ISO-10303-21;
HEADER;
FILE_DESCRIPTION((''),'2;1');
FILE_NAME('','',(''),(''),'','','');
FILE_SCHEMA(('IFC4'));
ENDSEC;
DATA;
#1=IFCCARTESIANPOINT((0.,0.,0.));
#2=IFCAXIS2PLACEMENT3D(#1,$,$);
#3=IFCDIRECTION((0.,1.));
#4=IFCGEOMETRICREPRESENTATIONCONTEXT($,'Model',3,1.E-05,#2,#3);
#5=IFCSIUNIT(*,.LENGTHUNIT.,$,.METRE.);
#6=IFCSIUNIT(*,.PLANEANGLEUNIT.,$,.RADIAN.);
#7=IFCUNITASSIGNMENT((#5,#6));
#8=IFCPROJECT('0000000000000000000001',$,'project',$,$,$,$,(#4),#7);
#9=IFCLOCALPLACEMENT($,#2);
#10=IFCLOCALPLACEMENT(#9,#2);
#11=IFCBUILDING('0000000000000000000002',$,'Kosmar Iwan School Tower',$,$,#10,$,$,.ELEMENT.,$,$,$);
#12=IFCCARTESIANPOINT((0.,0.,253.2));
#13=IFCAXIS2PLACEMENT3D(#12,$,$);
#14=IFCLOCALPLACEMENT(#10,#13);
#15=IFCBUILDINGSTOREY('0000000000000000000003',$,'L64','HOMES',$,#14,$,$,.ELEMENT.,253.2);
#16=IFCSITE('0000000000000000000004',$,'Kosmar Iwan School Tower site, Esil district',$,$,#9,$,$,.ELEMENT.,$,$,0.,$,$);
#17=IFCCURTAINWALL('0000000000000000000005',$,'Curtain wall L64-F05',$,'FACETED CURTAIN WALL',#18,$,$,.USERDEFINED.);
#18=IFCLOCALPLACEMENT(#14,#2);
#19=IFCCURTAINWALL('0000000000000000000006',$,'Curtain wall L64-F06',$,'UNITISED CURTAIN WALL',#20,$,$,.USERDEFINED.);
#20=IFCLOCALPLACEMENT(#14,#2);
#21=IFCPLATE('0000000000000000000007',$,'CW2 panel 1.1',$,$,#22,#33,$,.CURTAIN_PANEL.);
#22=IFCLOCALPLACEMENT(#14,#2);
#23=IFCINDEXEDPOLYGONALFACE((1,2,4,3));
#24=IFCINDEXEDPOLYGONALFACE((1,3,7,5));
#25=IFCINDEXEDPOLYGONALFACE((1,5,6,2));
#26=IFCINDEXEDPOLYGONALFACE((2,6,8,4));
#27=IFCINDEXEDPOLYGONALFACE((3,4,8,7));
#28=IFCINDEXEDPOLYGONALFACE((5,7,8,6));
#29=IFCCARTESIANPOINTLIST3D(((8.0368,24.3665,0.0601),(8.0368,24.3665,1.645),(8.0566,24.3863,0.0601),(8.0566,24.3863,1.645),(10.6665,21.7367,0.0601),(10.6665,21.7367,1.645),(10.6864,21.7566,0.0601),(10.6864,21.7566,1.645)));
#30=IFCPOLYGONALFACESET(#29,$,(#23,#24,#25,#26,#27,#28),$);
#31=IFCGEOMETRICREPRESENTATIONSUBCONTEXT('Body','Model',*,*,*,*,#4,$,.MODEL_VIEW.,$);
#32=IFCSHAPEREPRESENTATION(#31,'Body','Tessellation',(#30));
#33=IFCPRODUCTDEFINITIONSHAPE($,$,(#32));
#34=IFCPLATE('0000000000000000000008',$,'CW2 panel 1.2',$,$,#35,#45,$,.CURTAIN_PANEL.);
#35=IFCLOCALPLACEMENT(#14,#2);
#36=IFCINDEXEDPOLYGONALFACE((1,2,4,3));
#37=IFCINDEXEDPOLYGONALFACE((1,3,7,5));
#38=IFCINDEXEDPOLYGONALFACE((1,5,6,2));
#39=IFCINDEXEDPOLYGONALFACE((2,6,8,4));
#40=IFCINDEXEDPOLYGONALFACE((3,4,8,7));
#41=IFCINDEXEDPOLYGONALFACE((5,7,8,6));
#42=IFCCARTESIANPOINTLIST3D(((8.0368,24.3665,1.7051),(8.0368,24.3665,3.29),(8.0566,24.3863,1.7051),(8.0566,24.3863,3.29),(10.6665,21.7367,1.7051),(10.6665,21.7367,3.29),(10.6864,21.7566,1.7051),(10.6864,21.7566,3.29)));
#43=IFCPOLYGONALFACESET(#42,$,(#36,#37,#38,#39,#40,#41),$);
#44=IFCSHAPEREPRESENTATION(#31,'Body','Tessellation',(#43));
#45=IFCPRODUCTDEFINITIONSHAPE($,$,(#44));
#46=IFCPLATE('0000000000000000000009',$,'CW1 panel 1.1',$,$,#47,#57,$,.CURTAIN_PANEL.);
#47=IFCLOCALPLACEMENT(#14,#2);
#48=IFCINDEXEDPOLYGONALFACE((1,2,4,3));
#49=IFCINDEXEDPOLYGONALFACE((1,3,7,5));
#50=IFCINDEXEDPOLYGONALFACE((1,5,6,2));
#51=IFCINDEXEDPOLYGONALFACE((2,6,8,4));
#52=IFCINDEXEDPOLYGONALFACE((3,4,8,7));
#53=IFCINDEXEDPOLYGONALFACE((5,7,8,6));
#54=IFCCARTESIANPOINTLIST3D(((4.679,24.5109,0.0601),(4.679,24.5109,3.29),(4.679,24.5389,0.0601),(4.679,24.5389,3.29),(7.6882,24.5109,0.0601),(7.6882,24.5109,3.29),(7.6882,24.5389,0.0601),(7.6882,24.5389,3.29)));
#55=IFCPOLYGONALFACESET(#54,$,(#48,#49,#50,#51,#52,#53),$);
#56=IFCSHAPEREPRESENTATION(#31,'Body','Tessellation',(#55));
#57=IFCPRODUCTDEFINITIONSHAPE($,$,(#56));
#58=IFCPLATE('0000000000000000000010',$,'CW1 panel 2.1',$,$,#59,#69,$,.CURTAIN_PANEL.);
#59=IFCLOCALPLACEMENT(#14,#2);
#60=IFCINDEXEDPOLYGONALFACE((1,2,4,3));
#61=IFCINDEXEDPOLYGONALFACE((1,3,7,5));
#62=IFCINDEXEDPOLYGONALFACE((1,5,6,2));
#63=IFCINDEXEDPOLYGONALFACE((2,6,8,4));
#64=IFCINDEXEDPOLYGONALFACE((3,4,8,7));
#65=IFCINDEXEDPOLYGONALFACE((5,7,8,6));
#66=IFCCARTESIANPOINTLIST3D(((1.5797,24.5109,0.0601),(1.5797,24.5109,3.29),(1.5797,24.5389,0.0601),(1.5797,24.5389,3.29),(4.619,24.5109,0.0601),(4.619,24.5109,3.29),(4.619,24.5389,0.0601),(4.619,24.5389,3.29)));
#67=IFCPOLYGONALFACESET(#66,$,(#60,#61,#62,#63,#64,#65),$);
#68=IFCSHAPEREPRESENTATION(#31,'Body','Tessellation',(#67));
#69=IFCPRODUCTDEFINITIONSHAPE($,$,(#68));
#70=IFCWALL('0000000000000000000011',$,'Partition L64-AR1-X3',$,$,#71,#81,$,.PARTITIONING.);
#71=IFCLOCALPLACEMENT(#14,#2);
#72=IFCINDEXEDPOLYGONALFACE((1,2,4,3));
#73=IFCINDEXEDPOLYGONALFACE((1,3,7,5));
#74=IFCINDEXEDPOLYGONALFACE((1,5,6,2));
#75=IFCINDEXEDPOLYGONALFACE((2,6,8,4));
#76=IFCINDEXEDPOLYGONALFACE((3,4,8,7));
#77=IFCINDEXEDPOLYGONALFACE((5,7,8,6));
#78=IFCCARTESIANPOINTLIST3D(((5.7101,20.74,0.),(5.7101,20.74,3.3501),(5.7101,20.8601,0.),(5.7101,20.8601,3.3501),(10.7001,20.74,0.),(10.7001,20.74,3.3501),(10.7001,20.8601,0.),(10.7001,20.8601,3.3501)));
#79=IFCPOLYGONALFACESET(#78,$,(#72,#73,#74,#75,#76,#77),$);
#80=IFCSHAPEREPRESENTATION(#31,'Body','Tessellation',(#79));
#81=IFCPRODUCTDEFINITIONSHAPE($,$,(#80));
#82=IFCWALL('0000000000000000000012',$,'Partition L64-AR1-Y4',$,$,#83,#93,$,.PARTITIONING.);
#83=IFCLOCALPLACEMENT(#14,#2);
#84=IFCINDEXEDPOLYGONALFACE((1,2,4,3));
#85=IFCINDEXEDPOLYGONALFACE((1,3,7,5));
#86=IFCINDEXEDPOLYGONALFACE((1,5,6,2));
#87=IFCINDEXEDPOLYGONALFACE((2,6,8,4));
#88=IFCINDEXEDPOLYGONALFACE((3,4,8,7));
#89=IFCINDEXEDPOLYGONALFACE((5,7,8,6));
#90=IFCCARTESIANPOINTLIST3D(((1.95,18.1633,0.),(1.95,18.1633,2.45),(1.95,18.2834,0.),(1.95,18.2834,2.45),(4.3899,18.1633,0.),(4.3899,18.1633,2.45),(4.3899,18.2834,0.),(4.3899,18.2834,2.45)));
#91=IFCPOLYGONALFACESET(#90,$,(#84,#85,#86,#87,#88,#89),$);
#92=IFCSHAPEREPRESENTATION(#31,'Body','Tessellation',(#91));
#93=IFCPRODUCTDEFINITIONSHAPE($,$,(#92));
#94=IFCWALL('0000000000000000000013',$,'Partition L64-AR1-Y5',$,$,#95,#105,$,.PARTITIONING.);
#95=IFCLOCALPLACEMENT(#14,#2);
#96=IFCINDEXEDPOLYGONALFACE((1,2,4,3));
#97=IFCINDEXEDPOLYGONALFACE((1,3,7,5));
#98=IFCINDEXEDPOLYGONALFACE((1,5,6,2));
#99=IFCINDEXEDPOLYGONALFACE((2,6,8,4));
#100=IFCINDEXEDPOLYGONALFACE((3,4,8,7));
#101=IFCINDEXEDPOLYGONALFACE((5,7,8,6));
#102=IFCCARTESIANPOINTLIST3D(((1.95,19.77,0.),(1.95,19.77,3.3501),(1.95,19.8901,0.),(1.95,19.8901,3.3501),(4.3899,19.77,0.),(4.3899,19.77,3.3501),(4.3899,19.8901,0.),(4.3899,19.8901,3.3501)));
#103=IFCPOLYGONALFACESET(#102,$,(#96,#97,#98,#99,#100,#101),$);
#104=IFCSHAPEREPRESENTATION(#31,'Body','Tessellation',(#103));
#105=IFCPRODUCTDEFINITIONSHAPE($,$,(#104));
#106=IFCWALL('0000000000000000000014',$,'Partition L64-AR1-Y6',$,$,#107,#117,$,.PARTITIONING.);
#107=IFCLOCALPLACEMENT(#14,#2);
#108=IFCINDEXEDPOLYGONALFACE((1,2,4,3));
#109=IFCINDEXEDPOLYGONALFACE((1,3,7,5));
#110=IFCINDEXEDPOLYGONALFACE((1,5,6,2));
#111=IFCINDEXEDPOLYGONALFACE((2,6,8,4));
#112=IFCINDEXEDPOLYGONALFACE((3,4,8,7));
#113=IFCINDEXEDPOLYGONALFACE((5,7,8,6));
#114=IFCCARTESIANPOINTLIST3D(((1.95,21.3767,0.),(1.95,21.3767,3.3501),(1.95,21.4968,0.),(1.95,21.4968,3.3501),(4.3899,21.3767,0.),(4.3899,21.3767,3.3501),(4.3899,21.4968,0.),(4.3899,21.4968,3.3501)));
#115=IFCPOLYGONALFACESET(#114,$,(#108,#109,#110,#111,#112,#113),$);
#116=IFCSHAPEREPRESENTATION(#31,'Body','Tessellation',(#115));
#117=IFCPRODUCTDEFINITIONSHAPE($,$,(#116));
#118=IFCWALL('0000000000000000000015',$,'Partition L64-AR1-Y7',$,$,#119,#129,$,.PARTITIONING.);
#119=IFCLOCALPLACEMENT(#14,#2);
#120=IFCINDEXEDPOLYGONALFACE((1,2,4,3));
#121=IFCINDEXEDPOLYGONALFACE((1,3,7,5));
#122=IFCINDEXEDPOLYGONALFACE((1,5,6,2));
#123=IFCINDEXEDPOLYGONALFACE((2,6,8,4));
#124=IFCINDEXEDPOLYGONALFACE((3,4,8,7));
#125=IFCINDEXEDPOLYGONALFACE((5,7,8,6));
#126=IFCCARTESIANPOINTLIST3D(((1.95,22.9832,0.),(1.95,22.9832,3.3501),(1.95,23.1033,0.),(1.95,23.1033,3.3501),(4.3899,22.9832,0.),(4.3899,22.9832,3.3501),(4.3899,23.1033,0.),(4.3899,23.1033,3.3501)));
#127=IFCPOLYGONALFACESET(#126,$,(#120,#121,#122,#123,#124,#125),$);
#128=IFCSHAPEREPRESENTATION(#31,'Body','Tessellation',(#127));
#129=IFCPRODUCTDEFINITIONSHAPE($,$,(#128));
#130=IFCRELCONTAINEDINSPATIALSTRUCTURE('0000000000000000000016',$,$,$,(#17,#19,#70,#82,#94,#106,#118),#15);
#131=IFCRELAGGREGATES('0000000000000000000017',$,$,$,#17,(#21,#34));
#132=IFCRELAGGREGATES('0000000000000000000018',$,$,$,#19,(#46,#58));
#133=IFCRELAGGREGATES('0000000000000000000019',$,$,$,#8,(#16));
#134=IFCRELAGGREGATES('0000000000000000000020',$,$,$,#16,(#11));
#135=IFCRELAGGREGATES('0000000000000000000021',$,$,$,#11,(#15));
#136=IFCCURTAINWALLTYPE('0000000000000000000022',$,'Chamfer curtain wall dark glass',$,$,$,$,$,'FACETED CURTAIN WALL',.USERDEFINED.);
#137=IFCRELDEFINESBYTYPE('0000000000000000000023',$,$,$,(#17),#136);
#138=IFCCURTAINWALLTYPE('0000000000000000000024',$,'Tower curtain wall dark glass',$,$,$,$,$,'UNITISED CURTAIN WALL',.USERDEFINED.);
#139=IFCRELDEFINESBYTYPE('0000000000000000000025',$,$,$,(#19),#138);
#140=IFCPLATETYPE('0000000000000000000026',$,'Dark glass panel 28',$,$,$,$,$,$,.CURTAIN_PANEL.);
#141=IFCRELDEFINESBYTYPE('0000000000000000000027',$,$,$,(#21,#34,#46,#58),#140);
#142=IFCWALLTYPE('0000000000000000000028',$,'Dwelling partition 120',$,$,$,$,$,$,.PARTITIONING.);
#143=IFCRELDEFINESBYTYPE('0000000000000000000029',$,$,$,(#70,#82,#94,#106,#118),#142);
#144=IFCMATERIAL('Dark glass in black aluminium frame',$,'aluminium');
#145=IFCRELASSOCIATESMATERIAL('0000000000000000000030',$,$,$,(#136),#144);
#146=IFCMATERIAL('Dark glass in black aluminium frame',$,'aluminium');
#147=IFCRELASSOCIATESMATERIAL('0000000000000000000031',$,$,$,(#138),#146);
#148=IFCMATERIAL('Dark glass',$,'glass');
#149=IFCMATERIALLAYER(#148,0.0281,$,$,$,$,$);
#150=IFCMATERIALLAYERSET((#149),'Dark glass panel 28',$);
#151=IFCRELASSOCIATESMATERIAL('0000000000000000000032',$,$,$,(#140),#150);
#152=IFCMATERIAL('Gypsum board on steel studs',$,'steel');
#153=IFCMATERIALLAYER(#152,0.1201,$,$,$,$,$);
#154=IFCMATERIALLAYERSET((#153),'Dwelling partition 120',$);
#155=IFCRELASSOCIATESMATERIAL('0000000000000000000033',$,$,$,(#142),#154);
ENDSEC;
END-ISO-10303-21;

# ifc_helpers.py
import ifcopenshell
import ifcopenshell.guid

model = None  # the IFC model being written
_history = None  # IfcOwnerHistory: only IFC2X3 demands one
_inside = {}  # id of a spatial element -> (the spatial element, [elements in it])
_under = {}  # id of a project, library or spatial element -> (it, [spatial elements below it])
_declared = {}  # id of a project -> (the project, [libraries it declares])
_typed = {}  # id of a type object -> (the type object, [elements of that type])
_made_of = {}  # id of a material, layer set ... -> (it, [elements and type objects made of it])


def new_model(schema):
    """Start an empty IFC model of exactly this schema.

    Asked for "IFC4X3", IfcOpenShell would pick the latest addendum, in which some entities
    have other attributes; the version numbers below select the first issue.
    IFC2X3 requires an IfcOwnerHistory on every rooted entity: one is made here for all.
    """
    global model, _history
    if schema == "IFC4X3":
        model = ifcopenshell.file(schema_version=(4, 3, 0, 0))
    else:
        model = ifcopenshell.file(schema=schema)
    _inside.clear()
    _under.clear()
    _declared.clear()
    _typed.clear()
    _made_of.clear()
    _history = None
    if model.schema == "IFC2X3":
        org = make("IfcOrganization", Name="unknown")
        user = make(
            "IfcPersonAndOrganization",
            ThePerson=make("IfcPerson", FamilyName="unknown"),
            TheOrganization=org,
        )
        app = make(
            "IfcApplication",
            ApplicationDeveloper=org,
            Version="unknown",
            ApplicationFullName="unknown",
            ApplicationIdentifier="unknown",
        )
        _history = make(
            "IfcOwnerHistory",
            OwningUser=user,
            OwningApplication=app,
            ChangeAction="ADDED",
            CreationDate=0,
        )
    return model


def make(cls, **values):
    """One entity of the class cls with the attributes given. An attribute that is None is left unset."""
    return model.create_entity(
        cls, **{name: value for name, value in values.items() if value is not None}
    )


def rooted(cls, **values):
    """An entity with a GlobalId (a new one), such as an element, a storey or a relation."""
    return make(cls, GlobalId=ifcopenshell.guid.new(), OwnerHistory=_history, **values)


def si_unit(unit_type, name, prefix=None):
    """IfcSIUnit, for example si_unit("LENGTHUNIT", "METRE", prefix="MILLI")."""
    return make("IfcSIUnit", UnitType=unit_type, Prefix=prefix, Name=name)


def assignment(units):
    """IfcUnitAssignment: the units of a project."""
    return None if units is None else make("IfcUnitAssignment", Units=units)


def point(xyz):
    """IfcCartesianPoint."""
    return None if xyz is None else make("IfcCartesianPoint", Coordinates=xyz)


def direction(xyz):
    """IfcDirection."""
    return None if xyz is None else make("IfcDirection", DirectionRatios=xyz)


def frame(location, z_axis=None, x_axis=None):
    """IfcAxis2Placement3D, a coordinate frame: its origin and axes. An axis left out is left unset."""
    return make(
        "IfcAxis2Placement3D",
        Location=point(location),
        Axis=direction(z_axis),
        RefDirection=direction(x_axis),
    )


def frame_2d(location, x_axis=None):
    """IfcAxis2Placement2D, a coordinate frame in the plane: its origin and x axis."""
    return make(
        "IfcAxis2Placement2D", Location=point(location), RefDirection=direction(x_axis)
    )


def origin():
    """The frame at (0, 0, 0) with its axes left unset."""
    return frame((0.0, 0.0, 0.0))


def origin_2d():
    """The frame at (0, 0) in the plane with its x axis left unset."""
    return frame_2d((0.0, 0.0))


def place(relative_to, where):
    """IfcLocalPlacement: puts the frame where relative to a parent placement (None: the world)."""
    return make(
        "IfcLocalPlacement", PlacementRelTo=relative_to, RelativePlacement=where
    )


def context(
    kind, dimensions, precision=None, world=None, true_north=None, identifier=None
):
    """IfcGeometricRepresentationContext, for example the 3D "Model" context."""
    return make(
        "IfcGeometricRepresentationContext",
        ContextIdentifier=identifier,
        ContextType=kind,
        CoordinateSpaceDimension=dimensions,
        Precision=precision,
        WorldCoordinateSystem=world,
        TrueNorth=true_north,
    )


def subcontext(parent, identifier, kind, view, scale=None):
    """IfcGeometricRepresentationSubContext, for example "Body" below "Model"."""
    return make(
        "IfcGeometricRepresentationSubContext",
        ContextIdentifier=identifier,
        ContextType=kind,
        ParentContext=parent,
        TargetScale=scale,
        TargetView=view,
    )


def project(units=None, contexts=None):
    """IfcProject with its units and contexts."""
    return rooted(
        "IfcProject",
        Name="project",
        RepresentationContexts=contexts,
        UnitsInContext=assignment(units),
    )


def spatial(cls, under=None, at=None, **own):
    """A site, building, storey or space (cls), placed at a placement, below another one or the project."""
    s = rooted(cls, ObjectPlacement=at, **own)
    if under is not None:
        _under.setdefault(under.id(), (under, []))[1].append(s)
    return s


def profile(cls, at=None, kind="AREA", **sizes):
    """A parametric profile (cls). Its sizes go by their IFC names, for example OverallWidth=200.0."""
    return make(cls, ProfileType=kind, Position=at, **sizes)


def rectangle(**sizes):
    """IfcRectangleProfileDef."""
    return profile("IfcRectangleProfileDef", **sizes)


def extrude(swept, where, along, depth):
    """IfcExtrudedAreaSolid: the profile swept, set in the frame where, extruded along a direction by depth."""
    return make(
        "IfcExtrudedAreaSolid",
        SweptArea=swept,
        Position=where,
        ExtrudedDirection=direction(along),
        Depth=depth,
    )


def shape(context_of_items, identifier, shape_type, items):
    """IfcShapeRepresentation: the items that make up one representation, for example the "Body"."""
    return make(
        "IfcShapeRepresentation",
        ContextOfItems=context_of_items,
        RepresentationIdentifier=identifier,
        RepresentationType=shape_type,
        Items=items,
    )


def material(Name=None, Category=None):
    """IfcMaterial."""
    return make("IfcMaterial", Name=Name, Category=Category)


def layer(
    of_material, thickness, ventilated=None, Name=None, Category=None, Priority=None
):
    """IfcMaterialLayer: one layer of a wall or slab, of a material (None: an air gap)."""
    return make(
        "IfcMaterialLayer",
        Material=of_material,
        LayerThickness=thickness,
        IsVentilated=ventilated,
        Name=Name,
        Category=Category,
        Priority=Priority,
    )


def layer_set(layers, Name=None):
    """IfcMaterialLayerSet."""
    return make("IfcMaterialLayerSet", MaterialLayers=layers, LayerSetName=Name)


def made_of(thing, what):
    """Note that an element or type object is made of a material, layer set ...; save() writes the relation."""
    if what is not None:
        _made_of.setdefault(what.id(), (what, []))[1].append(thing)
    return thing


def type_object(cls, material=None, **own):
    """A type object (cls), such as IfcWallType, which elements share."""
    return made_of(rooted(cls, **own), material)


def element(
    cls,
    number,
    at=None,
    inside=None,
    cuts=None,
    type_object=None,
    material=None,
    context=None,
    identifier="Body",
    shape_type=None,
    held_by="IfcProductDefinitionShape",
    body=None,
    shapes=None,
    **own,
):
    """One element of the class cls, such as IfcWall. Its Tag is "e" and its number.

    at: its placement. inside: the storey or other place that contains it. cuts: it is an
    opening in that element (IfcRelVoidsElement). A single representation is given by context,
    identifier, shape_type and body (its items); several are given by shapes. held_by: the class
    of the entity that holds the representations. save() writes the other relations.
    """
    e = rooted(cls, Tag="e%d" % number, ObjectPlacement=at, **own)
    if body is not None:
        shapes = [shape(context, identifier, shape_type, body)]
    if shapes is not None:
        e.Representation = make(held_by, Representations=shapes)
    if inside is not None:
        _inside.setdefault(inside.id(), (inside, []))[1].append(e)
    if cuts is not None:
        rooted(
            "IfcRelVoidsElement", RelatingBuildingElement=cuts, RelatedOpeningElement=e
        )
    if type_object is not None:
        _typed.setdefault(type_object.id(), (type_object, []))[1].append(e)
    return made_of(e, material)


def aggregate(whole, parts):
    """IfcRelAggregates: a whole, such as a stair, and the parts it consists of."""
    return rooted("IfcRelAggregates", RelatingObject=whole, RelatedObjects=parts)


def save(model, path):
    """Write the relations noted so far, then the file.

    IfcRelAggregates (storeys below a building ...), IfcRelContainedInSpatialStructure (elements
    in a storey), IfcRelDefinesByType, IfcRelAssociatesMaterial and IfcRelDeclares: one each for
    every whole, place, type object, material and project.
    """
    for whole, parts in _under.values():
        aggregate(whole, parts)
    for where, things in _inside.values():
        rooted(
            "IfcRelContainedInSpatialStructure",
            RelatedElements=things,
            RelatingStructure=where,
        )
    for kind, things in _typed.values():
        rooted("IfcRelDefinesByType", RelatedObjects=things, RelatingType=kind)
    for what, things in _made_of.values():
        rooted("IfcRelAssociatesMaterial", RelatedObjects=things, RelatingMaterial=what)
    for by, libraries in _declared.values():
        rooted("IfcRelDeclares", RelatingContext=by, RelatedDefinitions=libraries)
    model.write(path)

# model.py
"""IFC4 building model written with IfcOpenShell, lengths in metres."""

from ifc_helpers import new_model, si_unit, direction, frame, frame_2d, origin, origin_2d, place, context, subcontext, project, spatial, rectangle, extrude, material, layer, layer_set, type_object, element, aggregate, save


model = new_model("IFC4")

# Units and contexts
model_context = context("Model", 3, precision=1e-05, world=origin(), true_north=direction((0.0, 1.0)))
body_context = subcontext(model_context, "Body", "Model", "MODEL_VIEW")
ifc_project = project(units=[si_unit("LENGTHUNIT", "METRE"), si_unit("PLANEANGLEUNIT", "RADIAN")], contexts=[model_context])

# Site, building, storey
site_placement = place(None, origin())
site = spatial("IfcSite", under=ifc_project, at=site_placement, Name="Kosmar Iwan School Tower site, Esil district", CompositionType="ELEMENT", RefElevation=0.0)
building_placement = place(site_placement, origin())
building = spatial("IfcBuilding", under=site, at=building_placement, Name="Kosmar Iwan School Tower", CompositionType="ELEMENT")
storey_placement = place(building_placement, frame((0.0, 0.0, 253.2)))
storey = spatial("IfcBuildingStorey", under=building, at=storey_placement, Name="L64", Description="HOMES", CompositionType="ELEMENT", Elevation=253.2)

# Curtain walls
ifc_material_1 = material(Name="Dark glass in black aluminium frame", Category="aluminium")
curtain_wall_type_1 = type_object("IfcCurtainWallType", Name="Chamfer curtain wall dark glass", ElementType="FACETED CURTAIN WALL", PredefinedType="USERDEFINED", material=ifc_material_1)
curtain_wall_1_placement = place(storey_placement, origin())
curtain_wall_1 = element("IfcCurtainWall", 1, at=curtain_wall_1_placement, inside=storey, type_object=curtain_wall_type_1, Name="Curtain wall L64-F05", ObjectType="FACETED CURTAIN WALL", PredefinedType="USERDEFINED")
ifc_material_2 = material(Name="Dark glass in black aluminium frame", Category="aluminium")
curtain_wall_type_2 = type_object("IfcCurtainWallType", Name="Tower curtain wall dark glass", ElementType="UNITISED CURTAIN WALL", PredefinedType="USERDEFINED", material=ifc_material_2)
curtain_wall_2_placement = place(storey_placement, origin())
curtain_wall_2 = element("IfcCurtainWall", 2, at=curtain_wall_2_placement, inside=storey, type_object=curtain_wall_type_2, Name="Curtain wall L64-F06", ObjectType="UNITISED CURTAIN WALL", PredefinedType="USERDEFINED")

# Plates
ifc_material_3 = material(Name="Dark glass", Category="glass")
ifc_layer_1 = layer(ifc_material_3, 0.0281)
ifc_layer_set_1 = layer_set([ifc_layer_1], Name="Dark glass panel 28")
plate_type = type_object("IfcPlateType", Name="Dark glass panel 28", PredefinedType="CURTAIN_PANEL", material=ifc_layer_set_1)
plate_1_placement = place(storey_placement, frame((9.3616, 23.0615, 0.0601), z_axis=(0.0, 0.0, 1.0), x_axis=(-0.707107, 0.707107, 0.0)))
plate_1 = element("IfcPlate", 3, at=plate_1_placement, type_object=plate_type, Name="CW2 panel 1.1", PredefinedType="CURTAIN_PANEL", context=body_context, shape_type="SweptSolid", body=[
    extrude(rectangle(XDim=3.719, YDim=0.0281, at=origin_2d()), origin(), (0.0, 0.0, 1.0), 1.585),
])
plate_2_placement = place(storey_placement, frame((9.3616, 23.0615, 1.7051), z_axis=(0.0, 0.0, 1.0), x_axis=(-0.707107, 0.707107, 0.0)))
plate_2 = element("IfcPlate", 4, at=plate_2_placement, type_object=plate_type, Name="CW2 panel 1.2", PredefinedType="CURTAIN_PANEL", context=body_context, shape_type="SweptSolid", body=[
    extrude(rectangle(XDim=3.719, YDim=0.0281, at=origin_2d()), origin(), (0.0, 0.0, 1.0), 1.585),
])
aggregate(curtain_wall_1, [plate_1, plate_2])
plate_3_placement = place(storey_placement, frame((6.1836, 24.5249, 0.0601), z_axis=(0.0, 0.0, 1.0), x_axis=(-1.0, 0.0, 0.0)))
plate_3 = element("IfcPlate", 5, at=plate_3_placement, type_object=plate_type, Name="CW1 panel 1.1", PredefinedType="CURTAIN_PANEL", context=body_context, shape_type="SweptSolid", body=[
    extrude(rectangle(XDim=3.0093, YDim=0.0281, at=origin_2d()), origin(), (0.0, 0.0, 1.0), 3.23),
])
plate_4_placement = place(storey_placement, frame((3.0994, 24.5249, 0.0601), z_axis=(0.0, 0.0, 1.0), x_axis=(-1.0, 0.0, 0.0)))
plate_4 = element("IfcPlate", 6, at=plate_4_placement, type_object=plate_type, Name="CW1 panel 2.1", PredefinedType="CURTAIN_PANEL", context=body_context, shape_type="SweptSolid", body=[
    extrude(rectangle(XDim=3.0393, YDim=0.0281, at=origin_2d()), origin(), (0.0, 0.0, 1.0), 3.23),
])
aggregate(curtain_wall_2, [plate_3, plate_4])

# Walls
ifc_material_4 = material(Name="Gypsum board on steel studs", Category="steel")
ifc_layer_2 = layer(ifc_material_4, 0.1201)
ifc_layer_set_2 = layer_set([ifc_layer_2], Name="Dwelling partition 120")
wall_type = type_object("IfcWallType", Name="Dwelling partition 120", PredefinedType="PARTITIONING", material=ifc_layer_set_2)
wall_1_placement = place(storey_placement, frame((5.71, 20.8, 0.0), z_axis=(0.0, 0.0, 1.0), x_axis=(1.0, 0.0, 0.0)))
element("IfcWall", 7, at=wall_1_placement, inside=storey, type_object=wall_type, Name="Partition L64-AR1-X3", PredefinedType="PARTITIONING", context=body_context, shape_type="SweptSolid", body=[
    extrude(rectangle(XDim=4.99, YDim=0.1201, at=frame_2d((2.4951, 0.0))), origin(), (0.0, 0.0, 1.0), 3.3501),
])
wall_2_placement = place(storey_placement, frame((1.95, 18.2234, 0.0), z_axis=(0.0, 0.0, 1.0), x_axis=(1.0, 0.0, 0.0)))
element("IfcWall", 8, at=wall_2_placement, inside=storey, type_object=wall_type, Name="Partition L64-AR1-Y4", PredefinedType="PARTITIONING", context=body_context, shape_type="SweptSolid", body=[
    extrude(rectangle(XDim=2.4399, YDim=0.1201, at=frame_2d((1.22, 0.0))), origin(), (0.0, 0.0, 1.0), 2.45),
])
for number, where, z_axis, x_axis, name in (
    (9, (1.95, 19.8301, 0.0), (0.0, 0.0, 1.0), (1.0, 0.0, 0.0), "Partition L64-AR1-Y5"),
    (10, (1.95, 21.4368, 0.0), (0.0, 0.0, 1.0), (1.0, 0.0, 0.0), "Partition L64-AR1-Y6"),
    (11, (1.95, 23.0432, 0.0), (0.0, 0.0, 1.0), (1.0, 0.0, 0.0), "Partition L64-AR1-Y7"),
):
    element("IfcWall", number, at=place(storey_placement, frame(where, z_axis=z_axis, x_axis=x_axis)), inside=storey, type_object=wall_type, Name=name, PredefinedType="PARTITIONING", context=body_context, shape_type="SweptSolid", body=[
        extrude(rectangle(XDim=2.4399, YDim=0.1201, at=frame_2d((1.22, 0.0))), origin(), (0.0, 0.0, 1.0), 3.3501),
    ])

save(model, "model.ifc")
